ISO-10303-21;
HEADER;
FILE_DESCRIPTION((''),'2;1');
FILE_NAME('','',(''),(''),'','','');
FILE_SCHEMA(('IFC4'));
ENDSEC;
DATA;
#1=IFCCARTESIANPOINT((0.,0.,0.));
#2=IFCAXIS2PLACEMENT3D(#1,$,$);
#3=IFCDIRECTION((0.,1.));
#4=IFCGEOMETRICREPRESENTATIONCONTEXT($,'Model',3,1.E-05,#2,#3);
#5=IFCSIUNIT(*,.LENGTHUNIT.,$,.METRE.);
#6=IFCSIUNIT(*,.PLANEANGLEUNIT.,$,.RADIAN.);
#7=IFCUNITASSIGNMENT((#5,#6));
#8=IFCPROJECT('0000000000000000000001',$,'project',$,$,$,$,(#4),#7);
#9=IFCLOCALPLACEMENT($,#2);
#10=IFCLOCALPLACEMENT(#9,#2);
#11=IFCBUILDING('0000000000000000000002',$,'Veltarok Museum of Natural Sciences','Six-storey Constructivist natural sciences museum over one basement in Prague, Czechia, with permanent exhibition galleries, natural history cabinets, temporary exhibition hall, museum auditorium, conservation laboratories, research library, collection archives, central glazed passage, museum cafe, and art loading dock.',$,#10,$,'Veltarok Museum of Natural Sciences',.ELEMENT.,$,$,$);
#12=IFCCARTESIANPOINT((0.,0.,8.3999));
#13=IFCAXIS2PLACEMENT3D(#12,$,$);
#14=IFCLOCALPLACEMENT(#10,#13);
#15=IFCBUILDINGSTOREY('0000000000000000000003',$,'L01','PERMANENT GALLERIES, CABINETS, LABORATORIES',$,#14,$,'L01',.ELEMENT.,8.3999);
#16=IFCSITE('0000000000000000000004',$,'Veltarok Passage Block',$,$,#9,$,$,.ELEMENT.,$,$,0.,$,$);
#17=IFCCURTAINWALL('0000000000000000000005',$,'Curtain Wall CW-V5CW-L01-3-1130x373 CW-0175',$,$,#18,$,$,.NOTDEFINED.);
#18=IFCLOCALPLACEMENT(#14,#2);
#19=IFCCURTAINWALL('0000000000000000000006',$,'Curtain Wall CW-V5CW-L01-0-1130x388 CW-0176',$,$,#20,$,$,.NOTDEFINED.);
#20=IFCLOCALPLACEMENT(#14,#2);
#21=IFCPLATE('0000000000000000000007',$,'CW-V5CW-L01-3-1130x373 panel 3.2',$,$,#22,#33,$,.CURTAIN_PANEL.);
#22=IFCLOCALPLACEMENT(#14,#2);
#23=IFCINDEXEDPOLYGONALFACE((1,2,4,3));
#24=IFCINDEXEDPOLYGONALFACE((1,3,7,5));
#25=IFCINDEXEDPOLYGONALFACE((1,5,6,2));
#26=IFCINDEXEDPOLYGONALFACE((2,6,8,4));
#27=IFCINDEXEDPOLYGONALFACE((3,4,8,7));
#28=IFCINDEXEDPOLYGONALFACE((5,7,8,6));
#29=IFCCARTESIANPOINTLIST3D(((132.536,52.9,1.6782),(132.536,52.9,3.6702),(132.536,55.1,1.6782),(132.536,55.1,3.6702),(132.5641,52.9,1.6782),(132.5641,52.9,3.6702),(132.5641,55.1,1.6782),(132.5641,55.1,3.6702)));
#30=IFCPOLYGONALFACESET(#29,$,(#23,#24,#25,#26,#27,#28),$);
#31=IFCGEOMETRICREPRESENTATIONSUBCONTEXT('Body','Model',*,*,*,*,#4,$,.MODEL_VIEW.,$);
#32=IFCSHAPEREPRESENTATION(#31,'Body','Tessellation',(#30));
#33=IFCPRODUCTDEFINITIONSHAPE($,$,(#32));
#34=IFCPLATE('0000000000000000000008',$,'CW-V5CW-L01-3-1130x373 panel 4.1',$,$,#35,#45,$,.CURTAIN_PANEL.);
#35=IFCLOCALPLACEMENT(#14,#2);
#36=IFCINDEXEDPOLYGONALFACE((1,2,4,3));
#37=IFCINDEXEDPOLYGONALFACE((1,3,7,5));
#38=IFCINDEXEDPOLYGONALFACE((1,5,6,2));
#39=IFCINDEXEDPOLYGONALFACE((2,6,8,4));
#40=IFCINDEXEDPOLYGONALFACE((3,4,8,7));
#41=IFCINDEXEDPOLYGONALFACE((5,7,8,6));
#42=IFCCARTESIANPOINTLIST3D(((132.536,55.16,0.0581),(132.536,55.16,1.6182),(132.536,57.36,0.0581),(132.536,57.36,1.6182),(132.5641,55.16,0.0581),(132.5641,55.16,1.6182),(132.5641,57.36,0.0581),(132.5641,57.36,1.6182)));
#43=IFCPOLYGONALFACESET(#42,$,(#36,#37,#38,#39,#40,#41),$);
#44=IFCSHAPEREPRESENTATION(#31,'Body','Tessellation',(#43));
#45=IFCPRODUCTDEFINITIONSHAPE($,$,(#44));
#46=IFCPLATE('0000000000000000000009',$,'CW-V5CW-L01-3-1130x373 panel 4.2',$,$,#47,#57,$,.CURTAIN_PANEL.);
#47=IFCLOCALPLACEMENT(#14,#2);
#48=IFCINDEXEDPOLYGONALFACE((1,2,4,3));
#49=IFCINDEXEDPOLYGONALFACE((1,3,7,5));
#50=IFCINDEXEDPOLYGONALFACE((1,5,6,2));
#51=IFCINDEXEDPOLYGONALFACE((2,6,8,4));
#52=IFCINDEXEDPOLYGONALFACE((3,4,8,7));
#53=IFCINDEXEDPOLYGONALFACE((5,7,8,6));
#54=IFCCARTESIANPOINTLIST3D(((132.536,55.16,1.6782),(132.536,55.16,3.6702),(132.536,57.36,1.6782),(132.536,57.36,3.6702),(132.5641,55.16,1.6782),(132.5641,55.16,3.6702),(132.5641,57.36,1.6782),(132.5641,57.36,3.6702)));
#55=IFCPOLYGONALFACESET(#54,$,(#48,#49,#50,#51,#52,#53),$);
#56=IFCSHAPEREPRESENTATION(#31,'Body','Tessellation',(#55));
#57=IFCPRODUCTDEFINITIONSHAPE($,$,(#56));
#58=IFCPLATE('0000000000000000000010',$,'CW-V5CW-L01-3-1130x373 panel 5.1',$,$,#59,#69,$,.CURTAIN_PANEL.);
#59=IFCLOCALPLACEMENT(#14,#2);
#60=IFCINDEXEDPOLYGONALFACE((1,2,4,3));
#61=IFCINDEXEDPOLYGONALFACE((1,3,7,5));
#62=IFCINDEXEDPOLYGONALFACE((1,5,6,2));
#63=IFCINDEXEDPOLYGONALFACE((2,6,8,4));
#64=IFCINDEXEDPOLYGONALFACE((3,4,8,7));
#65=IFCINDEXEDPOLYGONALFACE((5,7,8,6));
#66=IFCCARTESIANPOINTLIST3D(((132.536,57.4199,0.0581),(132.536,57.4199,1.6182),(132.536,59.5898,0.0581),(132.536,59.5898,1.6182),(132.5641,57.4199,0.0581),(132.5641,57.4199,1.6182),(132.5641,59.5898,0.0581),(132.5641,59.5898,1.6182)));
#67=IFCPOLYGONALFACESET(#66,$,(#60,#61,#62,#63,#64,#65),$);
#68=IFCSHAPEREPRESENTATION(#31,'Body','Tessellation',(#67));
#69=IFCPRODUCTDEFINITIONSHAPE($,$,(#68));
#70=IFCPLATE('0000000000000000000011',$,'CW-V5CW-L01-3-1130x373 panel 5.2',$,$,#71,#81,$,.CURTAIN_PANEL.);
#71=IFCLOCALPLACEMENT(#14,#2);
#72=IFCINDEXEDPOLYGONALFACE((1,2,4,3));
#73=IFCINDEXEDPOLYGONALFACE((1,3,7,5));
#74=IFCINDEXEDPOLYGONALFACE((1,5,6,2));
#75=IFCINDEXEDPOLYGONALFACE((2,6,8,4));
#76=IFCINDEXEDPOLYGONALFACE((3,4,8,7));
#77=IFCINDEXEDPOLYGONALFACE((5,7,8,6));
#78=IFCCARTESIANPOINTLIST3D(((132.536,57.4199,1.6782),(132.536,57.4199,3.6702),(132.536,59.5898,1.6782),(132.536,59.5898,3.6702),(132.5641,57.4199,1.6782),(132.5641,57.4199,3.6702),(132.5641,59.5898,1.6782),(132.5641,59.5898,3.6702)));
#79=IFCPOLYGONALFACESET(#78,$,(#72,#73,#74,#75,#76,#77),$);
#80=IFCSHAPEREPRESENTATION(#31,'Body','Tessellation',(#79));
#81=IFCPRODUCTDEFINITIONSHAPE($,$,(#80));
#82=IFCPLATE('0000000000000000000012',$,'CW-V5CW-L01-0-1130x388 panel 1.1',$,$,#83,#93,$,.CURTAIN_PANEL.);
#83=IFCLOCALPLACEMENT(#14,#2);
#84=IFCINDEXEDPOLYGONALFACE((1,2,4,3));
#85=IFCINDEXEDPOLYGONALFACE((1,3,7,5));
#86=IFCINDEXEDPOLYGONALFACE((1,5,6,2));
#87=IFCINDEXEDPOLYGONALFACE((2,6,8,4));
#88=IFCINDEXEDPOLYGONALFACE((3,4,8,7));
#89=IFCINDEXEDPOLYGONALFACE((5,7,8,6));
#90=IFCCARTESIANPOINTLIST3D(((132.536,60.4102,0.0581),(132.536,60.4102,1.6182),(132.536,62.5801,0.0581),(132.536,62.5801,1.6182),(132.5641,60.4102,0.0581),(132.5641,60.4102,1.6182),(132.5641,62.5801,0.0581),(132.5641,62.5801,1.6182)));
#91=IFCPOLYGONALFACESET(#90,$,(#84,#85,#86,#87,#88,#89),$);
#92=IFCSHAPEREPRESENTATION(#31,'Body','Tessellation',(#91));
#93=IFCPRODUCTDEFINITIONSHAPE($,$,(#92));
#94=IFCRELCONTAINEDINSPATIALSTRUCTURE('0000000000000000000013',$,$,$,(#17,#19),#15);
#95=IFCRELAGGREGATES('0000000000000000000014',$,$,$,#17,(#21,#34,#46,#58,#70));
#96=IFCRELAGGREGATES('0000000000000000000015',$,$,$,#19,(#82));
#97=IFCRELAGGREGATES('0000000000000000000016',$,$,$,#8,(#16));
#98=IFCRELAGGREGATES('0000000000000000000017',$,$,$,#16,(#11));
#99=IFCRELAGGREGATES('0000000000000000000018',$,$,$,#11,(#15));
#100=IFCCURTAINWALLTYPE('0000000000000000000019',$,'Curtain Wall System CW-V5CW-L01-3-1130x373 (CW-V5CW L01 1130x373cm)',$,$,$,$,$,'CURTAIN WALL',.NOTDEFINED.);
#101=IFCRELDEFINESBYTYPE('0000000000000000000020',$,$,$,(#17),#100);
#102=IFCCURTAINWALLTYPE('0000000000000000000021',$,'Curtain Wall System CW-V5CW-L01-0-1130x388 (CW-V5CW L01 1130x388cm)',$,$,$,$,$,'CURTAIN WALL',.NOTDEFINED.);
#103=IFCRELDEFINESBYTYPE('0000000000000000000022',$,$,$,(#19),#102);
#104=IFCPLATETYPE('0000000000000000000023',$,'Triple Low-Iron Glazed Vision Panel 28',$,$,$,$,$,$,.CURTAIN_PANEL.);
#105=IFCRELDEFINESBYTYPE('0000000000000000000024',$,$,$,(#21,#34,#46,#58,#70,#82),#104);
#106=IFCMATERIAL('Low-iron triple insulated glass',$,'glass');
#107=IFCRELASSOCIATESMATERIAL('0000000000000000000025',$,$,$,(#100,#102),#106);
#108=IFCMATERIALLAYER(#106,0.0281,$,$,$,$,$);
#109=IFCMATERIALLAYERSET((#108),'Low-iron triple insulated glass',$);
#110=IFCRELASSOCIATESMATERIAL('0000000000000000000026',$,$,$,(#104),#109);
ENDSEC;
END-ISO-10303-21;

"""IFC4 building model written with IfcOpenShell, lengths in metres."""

from ifc_helpers import new_model, si_unit, direction, frame, origin, origin_2d, place, context, subcontext, project, spatial, rectangle, extrude, material, layer, layer_set, type_object, element, aggregate, save


model = new_model("IFC4")

# Units and contexts
model_context = context("Model", 3, precision=1e-05, world=origin(), true_north=direction((0.0, 1.0)))
body_context = subcontext(model_context, "Body", "Model", "MODEL_VIEW")
ifc_project = project(units=[si_unit("LENGTHUNIT", "METRE"), si_unit("PLANEANGLEUNIT", "RADIAN")], contexts=[model_context])

# Site, building, storey
site_placement = place(None, origin())
site = spatial("IfcSite", under=ifc_project, at=site_placement, Name="Veltarok Passage Block", CompositionType="ELEMENT", RefElevation=0.0)
building_placement = place(site_placement, origin())
building = spatial("IfcBuilding", under=site, at=building_placement, Name="Veltarok Museum of Natural Sciences", Description="Six-storey Constructivist natural sciences museum over one basement in Prague, Czechia, with permanent exhibition galleries, natural history cabinets, temporary exhibition hall, museum auditorium, conservation laboratories, research library, collection archives, central glazed passage, museum cafe, and art loading dock.", LongName="Veltarok Museum of Natural Sciences", CompositionType="ELEMENT")
storey_placement = place(building_placement, frame((0.0, 0.0, 8.3999)))
storey = spatial("IfcBuildingStorey", under=building, at=storey_placement, Name="L01", Description="PERMANENT GALLERIES, CABINETS, LABORATORIES", LongName="L01", CompositionType="ELEMENT", Elevation=8.3999)

# Curtain walls
ifc_material_1 = material(Name="Low-iron triple insulated glass", Category="glass")
curtain_wall_type_1 = type_object("IfcCurtainWallType", Name="Curtain Wall System CW-V5CW-L01-3-1130x373 (CW-V5CW L01 1130x373cm)", ElementType="CURTAIN WALL", PredefinedType="NOTDEFINED", material=ifc_material_1)
curtain_wall_1_placement = place(storey_placement, origin())
curtain_wall_1 = element("IfcCurtainWall", 1, at=curtain_wall_1_placement, inside=storey, type_object=curtain_wall_type_1, Name="Curtain Wall CW-V5CW-L01-3-1130x373 CW-0175", PredefinedType="NOTDEFINED")
curtain_wall_type_2 = type_object("IfcCurtainWallType", Name="Curtain Wall System CW-V5CW-L01-0-1130x388 (CW-V5CW L01 1130x388cm)", ElementType="CURTAIN WALL", PredefinedType="NOTDEFINED", material=ifc_material_1)
curtain_wall_2_placement = place(storey_placement, origin())
curtain_wall_2 = element("IfcCurtainWall", 2, at=curtain_wall_2_placement, inside=storey, type_object=curtain_wall_type_2, Name="Curtain Wall CW-V5CW-L01-0-1130x388 CW-0176", PredefinedType="NOTDEFINED")

# Plates
ifc_layer = layer(ifc_material_1, 0.0281)
ifc_layer_set = layer_set([ifc_layer], Name="Low-iron triple insulated glass")
plate_type = type_object("IfcPlateType", Name="Triple Low-Iron Glazed Vision Panel 28", PredefinedType="CURTAIN_PANEL", material=ifc_layer_set)
plate_1_placement = place(storey_placement, frame((132.55, 54.0, 1.6782), z_axis=(0.0, 0.0, 1.0), x_axis=(0.0, 1.0, 0.0)))
plate_1 = element("IfcPlate", 3, at=plate_1_placement, type_object=plate_type, Name="CW-V5CW-L01-3-1130x373 panel 3.2", PredefinedType="CURTAIN_PANEL", context=body_context, shape_type="SweptSolid", body=[
    extrude(rectangle(XDim=2.2, YDim=0.0281, at=origin_2d()), origin(), (0.0, 0.0, 1.0), 1.9919),
])
plate_2_placement = place(storey_placement, frame((132.55, 56.26, 0.0581), z_axis=(0.0, 0.0, 1.0), x_axis=(0.0, 1.0, 0.0)))
plate_2 = element("IfcPlate", 4, at=plate_2_placement, type_object=plate_type, Name="CW-V5CW-L01-3-1130x373 panel 4.1", PredefinedType="CURTAIN_PANEL", context=body_context, shape_type="SweptSolid", body=[
    extrude(rectangle(XDim=2.2, YDim=0.0281, at=origin_2d()), origin(), (0.0, 0.0, 1.0), 1.5601),
])
plate_3_placement = place(storey_placement, frame((132.55, 56.26, 1.6782), z_axis=(0.0, 0.0, 1.0), x_axis=(0.0, 1.0, 0.0)))
plate_3 = element("IfcPlate", 5, at=plate_3_placement, type_object=plate_type, Name="CW-V5CW-L01-3-1130x373 panel 4.2", PredefinedType="CURTAIN_PANEL", context=body_context, shape_type="SweptSolid", body=[
    extrude(rectangle(XDim=2.2, YDim=0.0281, at=origin_2d()), origin(), (0.0, 0.0, 1.0), 1.9919),
])
plate_4_placement = place(storey_placement, frame((132.55, 58.5049, 0.0581), z_axis=(0.0, 0.0, 1.0), x_axis=(0.0, 1.0, 0.0)))
plate_4 = element("IfcPlate", 6, at=plate_4_placement, type_object=plate_type, Name="CW-V5CW-L01-3-1130x373 panel 5.1", PredefinedType="CURTAIN_PANEL", context=body_context, shape_type="SweptSolid", body=[
    extrude(rectangle(XDim=2.1699, YDim=0.0281, at=origin_2d()), origin(), (0.0, 0.0, 1.0), 1.5601),
])
plate_5_placement = place(storey_placement, frame((132.55, 58.5049, 1.6782), z_axis=(0.0, 0.0, 1.0), x_axis=(0.0, 1.0, 0.0)))
plate_5 = element("IfcPlate", 7, at=plate_5_placement, type_object=plate_type, Name="CW-V5CW-L01-3-1130x373 panel 5.2", PredefinedType="CURTAIN_PANEL", context=body_context, shape_type="SweptSolid", body=[
    extrude(rectangle(XDim=2.1699, YDim=0.0281, at=origin_2d()), origin(), (0.0, 0.0, 1.0), 1.9919),
])
aggregate(curtain_wall_1, [plate_1, plate_2, plate_3, plate_4, plate_5])
plate_6_placement = place(storey_placement, frame((132.55, 61.4951, 0.0581), z_axis=(0.0, 0.0, 1.0), x_axis=(0.0, 1.0, 0.0)))
plate_6 = element("IfcPlate", 8, at=plate_6_placement, type_object=plate_type, Name="CW-V5CW-L01-0-1130x388 panel 1.1", PredefinedType="CURTAIN_PANEL", context=body_context, shape_type="SweptSolid", body=[
    extrude(rectangle(XDim=2.1699, YDim=0.0281, at=origin_2d()), origin(), (0.0, 0.0, 1.0), 1.5601),
])
aggregate(curtain_wall_2, [plate_6])

save(model, "model.ifc")
